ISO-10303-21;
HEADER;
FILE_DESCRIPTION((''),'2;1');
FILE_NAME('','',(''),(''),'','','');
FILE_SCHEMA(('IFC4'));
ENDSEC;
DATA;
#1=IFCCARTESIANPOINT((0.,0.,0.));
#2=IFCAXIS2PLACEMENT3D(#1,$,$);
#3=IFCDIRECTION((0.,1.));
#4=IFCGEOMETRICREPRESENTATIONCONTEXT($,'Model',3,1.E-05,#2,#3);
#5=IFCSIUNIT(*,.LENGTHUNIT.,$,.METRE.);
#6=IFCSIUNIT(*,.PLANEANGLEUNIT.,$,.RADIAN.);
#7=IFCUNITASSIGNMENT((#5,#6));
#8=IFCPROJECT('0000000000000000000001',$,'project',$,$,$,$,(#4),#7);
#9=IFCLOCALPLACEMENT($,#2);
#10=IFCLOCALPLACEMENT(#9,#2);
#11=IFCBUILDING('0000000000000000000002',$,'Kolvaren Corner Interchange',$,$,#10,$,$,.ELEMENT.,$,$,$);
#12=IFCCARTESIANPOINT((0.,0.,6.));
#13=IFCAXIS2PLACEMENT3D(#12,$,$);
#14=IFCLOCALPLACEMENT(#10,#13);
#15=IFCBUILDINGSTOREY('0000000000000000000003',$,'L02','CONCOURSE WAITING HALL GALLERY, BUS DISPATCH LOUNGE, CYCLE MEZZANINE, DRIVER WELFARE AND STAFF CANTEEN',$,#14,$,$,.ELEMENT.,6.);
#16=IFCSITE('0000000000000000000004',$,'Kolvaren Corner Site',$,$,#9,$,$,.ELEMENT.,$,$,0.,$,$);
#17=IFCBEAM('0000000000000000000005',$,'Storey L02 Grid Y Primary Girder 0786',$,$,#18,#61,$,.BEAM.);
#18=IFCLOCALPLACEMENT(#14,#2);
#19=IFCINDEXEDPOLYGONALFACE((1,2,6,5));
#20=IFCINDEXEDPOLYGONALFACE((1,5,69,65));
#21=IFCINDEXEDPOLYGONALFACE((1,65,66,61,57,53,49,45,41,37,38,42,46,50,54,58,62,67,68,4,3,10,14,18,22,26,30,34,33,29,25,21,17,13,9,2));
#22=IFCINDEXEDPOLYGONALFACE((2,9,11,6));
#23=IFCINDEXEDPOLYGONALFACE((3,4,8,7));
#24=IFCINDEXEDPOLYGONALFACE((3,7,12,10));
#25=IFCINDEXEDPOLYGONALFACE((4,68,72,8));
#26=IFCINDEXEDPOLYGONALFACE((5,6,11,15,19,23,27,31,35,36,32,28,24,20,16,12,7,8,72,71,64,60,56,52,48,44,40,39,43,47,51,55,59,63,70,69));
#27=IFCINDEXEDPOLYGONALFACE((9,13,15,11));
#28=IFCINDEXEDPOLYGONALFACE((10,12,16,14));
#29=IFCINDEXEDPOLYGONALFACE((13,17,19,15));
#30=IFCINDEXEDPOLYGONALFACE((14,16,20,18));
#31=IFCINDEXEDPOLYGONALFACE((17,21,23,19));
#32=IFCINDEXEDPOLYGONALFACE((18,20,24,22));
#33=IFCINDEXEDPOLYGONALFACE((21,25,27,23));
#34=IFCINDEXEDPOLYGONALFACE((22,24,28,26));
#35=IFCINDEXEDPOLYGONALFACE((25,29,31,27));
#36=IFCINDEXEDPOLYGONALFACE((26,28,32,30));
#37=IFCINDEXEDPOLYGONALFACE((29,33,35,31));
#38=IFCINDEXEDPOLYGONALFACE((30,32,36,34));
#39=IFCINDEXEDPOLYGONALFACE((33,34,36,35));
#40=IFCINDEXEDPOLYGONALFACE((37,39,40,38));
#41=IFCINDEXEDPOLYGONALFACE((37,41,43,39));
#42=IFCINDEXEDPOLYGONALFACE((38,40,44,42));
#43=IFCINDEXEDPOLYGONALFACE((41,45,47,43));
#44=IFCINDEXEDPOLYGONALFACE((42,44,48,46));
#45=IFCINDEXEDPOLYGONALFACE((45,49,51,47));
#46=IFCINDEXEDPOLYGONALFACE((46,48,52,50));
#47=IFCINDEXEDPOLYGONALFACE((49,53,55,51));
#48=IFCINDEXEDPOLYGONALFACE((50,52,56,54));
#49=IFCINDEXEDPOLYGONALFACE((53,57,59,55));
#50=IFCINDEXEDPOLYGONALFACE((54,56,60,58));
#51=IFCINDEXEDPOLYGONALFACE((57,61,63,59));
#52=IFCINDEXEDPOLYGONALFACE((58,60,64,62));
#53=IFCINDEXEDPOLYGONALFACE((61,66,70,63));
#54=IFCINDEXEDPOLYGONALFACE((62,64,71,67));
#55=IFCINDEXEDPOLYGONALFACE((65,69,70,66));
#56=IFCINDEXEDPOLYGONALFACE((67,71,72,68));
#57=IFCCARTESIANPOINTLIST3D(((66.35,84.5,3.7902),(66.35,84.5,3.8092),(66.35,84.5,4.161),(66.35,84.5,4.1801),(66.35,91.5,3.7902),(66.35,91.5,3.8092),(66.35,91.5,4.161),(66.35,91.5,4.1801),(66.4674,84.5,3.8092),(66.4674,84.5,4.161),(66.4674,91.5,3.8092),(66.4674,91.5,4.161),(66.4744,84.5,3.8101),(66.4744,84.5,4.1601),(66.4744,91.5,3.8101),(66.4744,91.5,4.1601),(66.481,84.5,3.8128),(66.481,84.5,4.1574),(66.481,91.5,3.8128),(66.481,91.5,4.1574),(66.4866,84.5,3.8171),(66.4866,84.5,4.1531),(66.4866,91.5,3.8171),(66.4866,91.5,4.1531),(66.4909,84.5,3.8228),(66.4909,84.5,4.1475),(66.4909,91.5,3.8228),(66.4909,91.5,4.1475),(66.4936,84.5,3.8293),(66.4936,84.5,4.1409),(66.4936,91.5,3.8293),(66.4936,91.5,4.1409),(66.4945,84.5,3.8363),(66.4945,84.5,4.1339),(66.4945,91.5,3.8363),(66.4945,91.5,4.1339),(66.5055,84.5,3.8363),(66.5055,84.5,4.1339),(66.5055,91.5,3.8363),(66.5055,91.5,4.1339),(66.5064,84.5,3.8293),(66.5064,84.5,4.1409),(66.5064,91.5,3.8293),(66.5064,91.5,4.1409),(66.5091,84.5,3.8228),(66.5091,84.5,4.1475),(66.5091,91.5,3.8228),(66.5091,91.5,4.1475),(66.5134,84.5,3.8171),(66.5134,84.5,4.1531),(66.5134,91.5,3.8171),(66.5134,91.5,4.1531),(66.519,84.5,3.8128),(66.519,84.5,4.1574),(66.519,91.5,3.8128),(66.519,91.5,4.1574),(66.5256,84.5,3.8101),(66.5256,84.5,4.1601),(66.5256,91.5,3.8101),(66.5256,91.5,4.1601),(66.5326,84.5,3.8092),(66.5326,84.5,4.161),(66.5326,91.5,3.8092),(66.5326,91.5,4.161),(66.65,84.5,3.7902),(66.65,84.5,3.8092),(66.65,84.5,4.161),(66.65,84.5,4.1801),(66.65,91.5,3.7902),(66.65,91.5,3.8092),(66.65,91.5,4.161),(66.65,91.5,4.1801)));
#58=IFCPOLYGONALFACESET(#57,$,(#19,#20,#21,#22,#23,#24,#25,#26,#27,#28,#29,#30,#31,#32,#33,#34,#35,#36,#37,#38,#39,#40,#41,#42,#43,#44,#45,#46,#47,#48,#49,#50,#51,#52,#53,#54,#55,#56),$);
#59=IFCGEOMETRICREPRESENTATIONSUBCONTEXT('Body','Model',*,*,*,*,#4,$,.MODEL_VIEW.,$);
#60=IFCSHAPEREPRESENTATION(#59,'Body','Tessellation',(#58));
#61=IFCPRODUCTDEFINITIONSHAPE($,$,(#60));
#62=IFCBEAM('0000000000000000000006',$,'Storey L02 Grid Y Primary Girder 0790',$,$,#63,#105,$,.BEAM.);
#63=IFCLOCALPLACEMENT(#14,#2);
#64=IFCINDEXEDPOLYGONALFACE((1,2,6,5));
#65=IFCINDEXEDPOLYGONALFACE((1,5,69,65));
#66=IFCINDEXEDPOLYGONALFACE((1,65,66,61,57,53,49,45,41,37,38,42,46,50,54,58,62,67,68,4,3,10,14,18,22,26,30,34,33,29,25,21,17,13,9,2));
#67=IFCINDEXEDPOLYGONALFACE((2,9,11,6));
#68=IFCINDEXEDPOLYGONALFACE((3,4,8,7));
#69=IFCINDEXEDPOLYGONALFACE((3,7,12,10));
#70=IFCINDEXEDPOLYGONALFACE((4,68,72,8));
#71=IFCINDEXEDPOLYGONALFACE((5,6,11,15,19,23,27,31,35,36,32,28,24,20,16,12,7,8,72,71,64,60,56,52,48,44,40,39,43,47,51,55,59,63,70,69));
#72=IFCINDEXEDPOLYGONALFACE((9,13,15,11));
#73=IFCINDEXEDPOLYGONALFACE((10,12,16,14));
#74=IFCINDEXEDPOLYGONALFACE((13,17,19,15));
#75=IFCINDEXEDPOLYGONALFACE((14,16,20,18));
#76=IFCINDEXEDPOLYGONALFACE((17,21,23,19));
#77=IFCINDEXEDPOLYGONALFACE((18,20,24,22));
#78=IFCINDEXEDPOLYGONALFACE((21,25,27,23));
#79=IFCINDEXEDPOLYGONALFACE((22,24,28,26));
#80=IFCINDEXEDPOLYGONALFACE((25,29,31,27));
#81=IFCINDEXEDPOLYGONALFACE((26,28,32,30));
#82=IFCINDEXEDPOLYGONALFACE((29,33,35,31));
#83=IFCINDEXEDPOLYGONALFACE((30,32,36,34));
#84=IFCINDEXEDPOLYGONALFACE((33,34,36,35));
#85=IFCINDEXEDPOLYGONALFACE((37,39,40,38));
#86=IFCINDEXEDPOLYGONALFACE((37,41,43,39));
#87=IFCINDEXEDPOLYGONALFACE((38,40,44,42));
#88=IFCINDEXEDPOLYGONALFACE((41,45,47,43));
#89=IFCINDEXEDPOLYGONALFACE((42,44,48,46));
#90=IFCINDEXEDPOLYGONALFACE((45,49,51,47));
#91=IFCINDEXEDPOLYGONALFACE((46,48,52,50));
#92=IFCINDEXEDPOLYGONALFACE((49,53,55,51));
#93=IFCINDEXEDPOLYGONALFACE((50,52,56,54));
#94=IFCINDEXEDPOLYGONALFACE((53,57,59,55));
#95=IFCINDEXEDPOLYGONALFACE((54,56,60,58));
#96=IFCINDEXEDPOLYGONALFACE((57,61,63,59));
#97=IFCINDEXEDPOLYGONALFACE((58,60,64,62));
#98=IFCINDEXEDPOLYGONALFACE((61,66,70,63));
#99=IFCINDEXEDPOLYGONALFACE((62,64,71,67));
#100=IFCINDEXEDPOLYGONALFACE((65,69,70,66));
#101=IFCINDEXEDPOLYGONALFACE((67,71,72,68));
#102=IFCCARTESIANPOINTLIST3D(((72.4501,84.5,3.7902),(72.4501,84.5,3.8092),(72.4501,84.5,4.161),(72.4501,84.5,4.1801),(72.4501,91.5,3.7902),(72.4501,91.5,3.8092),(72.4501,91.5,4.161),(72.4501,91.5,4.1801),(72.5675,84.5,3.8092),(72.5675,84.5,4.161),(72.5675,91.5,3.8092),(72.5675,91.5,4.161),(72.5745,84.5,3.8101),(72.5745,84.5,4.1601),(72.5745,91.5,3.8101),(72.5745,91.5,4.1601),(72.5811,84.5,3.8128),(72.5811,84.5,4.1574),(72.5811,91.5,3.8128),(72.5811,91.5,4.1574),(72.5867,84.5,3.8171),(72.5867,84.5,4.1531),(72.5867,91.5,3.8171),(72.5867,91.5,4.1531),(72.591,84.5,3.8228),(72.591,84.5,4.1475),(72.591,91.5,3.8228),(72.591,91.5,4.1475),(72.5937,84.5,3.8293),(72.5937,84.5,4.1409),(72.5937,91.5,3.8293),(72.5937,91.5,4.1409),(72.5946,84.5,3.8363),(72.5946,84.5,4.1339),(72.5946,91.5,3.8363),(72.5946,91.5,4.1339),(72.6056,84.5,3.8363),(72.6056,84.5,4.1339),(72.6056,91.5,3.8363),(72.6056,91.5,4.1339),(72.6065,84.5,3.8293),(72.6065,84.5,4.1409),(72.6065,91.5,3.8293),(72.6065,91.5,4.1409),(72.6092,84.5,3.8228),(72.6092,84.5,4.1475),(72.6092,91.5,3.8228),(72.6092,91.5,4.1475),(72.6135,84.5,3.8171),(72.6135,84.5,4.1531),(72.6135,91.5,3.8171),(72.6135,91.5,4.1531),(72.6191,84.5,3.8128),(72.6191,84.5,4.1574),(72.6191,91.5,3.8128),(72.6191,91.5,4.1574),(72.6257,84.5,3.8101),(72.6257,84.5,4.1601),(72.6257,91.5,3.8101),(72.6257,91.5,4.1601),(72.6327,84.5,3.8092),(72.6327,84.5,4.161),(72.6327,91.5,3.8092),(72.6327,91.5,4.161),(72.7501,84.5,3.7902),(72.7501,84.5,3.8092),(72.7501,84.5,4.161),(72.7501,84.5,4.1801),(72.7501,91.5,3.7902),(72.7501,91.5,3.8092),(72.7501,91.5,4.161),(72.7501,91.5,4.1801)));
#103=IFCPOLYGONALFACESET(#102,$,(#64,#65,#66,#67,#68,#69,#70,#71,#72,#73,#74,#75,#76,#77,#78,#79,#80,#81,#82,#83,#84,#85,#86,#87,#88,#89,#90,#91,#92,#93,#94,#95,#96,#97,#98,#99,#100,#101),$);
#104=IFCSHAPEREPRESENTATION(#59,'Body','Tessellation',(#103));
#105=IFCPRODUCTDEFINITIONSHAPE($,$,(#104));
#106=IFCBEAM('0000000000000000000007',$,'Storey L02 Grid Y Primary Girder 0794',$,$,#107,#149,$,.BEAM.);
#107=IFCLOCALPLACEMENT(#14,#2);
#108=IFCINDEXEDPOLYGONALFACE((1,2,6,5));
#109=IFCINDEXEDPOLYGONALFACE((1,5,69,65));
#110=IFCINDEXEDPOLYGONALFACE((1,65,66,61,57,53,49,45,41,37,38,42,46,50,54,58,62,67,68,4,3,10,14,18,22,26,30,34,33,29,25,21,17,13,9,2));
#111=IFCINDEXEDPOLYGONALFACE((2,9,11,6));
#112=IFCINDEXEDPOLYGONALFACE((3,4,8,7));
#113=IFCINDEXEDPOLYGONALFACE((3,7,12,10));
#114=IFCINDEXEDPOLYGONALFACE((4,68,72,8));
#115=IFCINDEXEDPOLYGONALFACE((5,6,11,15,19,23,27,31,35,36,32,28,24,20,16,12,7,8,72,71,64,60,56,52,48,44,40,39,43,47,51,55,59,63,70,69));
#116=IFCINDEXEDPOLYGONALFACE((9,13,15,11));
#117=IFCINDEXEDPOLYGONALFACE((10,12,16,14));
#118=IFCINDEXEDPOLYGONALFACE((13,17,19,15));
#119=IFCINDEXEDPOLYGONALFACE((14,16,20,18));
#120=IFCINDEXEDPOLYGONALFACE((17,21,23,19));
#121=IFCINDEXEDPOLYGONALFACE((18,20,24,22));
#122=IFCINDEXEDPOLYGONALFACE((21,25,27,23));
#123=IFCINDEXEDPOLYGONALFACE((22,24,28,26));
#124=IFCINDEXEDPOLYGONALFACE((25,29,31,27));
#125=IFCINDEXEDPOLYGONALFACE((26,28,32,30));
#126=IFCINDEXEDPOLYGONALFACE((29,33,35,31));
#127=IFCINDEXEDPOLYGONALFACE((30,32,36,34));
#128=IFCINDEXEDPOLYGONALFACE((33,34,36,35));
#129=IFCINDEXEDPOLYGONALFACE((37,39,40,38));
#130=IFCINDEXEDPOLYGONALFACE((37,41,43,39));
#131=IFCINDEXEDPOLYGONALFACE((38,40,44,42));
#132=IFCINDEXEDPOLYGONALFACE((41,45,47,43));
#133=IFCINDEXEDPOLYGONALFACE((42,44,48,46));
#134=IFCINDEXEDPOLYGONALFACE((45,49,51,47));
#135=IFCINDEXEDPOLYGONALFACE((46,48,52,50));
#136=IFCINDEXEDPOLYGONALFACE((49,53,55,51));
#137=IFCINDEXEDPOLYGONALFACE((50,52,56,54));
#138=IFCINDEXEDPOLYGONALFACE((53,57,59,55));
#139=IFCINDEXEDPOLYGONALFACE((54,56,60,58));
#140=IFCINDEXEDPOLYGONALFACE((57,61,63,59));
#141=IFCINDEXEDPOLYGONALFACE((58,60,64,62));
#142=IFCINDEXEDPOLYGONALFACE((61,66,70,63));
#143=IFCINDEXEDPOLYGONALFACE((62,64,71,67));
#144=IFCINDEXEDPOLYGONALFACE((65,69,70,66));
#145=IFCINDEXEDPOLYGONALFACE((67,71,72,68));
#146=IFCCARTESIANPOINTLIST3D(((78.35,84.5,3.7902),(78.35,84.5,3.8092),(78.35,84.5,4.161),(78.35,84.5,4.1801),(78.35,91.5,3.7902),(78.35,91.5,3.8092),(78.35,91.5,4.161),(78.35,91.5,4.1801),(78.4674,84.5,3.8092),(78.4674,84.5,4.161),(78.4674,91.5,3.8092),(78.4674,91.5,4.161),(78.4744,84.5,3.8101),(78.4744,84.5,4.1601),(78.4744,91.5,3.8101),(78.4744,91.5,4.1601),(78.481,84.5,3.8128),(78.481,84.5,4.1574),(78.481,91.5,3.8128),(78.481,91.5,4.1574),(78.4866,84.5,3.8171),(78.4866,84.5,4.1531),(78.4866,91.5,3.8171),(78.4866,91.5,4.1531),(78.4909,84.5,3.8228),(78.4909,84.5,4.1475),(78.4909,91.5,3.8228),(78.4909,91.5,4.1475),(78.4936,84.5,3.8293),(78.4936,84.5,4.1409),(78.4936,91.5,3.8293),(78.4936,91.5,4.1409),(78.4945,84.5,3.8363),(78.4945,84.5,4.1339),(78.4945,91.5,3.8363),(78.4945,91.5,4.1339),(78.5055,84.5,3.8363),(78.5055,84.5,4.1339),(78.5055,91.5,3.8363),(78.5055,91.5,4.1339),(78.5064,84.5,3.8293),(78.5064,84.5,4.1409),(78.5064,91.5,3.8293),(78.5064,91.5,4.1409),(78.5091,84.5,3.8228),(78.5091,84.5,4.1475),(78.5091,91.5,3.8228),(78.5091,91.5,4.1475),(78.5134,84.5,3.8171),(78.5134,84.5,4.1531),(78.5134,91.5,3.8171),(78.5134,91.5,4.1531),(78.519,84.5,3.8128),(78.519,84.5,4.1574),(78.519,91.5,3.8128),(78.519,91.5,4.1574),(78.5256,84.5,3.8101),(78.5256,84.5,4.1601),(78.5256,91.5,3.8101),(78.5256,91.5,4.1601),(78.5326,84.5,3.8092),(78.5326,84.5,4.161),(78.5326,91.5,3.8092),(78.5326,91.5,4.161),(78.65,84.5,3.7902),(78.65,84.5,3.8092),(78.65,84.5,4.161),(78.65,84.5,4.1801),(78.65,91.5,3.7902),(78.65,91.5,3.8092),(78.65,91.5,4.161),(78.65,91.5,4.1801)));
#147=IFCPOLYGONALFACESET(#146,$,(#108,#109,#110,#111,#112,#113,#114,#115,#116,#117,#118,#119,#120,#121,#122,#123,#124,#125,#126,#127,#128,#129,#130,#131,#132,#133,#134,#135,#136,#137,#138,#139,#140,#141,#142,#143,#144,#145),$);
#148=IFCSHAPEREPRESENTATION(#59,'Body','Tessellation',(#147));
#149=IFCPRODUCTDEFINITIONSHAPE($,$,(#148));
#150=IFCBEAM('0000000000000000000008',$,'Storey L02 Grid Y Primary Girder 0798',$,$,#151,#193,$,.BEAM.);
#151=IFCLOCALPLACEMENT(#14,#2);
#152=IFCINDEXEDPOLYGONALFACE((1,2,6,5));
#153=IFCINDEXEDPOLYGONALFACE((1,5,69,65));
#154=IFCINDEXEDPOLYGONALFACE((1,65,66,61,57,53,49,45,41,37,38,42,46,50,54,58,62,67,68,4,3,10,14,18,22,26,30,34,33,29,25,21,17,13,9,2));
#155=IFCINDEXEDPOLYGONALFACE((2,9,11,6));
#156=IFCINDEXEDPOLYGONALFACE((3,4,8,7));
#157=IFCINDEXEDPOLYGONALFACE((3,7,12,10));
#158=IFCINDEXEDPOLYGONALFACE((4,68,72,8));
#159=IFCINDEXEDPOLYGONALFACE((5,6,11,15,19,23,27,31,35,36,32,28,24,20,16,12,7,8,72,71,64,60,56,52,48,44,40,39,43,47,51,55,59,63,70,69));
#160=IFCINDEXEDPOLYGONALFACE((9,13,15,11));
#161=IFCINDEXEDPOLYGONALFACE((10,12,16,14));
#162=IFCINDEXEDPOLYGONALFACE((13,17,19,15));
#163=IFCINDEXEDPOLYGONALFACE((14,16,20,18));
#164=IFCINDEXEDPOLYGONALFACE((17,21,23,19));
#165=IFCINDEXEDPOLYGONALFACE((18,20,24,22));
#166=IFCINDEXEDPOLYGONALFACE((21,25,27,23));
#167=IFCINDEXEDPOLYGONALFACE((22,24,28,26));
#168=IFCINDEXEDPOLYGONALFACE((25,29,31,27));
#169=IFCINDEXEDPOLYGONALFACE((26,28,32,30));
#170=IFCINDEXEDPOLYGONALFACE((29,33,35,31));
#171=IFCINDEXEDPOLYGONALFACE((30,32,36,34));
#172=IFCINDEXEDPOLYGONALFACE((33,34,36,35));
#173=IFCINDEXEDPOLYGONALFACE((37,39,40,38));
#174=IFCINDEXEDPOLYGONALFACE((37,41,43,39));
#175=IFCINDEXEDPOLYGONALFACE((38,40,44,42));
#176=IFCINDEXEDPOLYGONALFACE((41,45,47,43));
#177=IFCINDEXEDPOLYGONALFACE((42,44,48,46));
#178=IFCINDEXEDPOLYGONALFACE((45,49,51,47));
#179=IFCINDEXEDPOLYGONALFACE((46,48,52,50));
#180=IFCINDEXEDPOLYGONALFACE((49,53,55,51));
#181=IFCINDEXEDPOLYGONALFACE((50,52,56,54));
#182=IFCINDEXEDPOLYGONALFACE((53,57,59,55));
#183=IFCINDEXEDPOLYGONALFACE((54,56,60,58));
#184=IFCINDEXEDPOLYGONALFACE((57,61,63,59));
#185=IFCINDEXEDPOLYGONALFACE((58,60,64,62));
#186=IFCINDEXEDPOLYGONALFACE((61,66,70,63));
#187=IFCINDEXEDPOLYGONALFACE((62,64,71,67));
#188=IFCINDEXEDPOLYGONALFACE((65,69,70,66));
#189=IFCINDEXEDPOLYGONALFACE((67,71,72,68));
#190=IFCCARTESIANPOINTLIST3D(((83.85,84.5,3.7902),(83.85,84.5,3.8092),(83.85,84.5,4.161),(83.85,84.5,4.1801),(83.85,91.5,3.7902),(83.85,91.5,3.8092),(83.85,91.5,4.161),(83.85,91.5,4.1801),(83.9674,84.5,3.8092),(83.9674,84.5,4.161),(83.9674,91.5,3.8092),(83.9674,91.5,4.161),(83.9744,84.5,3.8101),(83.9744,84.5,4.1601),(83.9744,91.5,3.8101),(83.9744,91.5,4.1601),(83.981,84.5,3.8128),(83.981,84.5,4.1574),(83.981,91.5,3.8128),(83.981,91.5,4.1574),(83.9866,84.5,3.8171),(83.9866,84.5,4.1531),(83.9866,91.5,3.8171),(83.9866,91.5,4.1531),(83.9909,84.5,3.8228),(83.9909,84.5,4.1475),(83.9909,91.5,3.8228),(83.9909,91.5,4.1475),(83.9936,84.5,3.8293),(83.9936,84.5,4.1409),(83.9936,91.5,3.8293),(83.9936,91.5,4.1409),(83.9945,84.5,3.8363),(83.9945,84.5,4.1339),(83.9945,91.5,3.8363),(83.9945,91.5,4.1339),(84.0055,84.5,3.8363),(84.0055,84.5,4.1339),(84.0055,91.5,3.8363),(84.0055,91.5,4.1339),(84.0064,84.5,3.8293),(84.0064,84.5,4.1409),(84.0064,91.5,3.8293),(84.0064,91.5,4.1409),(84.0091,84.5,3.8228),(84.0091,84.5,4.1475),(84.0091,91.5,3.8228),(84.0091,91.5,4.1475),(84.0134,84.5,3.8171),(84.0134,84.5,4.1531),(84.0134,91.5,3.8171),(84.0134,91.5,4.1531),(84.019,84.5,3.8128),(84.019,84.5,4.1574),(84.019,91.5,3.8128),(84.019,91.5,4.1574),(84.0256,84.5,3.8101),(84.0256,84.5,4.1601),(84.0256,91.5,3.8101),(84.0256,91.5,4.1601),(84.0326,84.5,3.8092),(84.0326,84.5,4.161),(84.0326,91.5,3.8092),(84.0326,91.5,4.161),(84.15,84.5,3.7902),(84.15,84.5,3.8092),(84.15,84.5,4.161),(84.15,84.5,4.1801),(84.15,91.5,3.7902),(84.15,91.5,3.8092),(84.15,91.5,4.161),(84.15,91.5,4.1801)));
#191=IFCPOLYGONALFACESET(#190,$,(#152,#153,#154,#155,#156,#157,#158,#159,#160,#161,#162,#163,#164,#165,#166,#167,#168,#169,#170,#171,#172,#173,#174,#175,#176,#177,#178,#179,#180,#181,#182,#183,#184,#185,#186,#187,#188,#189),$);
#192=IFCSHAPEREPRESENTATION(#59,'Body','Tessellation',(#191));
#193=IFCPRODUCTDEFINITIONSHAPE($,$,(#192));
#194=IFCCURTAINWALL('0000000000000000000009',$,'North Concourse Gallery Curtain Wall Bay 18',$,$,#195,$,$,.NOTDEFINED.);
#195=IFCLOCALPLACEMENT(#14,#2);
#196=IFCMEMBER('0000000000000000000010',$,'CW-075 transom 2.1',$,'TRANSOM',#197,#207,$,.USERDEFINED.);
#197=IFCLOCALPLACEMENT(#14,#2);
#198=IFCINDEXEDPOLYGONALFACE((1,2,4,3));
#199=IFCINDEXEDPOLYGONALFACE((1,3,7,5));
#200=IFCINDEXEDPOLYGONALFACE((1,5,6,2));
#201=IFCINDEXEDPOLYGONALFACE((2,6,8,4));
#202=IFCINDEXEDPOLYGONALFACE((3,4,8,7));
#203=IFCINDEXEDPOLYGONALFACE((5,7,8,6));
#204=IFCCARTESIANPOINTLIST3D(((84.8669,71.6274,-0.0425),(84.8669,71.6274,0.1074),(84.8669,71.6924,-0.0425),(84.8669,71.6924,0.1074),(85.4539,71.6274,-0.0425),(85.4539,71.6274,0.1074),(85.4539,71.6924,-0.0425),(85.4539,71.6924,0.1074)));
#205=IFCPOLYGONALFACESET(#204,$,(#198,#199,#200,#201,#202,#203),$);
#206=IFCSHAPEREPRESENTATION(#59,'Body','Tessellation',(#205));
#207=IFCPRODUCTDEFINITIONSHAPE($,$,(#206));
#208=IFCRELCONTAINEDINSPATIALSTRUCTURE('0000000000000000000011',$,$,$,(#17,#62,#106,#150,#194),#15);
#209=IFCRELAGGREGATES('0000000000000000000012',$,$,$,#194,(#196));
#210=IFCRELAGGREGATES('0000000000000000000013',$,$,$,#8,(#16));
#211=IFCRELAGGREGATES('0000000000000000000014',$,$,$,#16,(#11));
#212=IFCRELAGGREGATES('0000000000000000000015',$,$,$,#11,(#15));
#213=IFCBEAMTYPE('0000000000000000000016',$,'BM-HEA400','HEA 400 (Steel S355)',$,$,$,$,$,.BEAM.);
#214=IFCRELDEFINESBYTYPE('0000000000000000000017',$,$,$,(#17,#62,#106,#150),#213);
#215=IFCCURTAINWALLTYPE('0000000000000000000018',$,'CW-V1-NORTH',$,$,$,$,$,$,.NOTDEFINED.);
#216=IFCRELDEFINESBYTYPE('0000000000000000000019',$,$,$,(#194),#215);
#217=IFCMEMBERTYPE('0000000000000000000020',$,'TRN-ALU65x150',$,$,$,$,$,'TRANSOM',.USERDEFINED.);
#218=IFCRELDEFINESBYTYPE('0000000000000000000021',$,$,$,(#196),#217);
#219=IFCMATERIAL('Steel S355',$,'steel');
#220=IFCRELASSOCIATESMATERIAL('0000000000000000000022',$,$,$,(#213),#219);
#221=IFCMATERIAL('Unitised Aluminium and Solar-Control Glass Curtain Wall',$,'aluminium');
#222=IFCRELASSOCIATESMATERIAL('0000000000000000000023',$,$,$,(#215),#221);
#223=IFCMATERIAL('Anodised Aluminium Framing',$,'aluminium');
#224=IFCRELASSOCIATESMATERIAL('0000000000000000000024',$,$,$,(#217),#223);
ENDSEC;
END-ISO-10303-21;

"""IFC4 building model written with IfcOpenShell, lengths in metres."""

from ifc_helpers import new_model, si_unit, direction, frame, origin, origin_2d, place, context, subcontext, project, spatial, rectangle, i_section, extrude, material, material_profile, profile_set, type_object, element, aggregate, save


model = new_model("IFC4")

# Units and contexts
model_context = context("Model", 3, precision=1e-05, world=origin(), true_north=direction((0.0, 1.0)))
body_context = subcontext(model_context, "Body", "Model", "MODEL_VIEW")
ifc_project = project(units=[si_unit("LENGTHUNIT", "METRE"), si_unit("PLANEANGLEUNIT", "RADIAN")], contexts=[model_context])

# Site, building, storey
site_placement = place(None, origin())
site = spatial("IfcSite", under=ifc_project, at=site_placement, Name="Kolvaren Corner Site", CompositionType="ELEMENT", RefElevation=0.0)
building_placement = place(site_placement, origin())
building = spatial("IfcBuilding", under=site, at=building_placement, Name="Kolvaren Corner Interchange", CompositionType="ELEMENT")
storey_placement = place(building_placement, frame((0.0, 0.0, 6.0)))
storey = spatial("IfcBuildingStorey", under=building, at=storey_placement, Name="L02", Description="CONCOURSE WAITING HALL GALLERY, BUS DISPATCH LOUNGE, CYCLE MEZZANINE, DRIVER WELFARE AND STAFF CANTEEN", CompositionType="ELEMENT", Elevation=6.0)

# Beams
ifc_material_1 = material(Name="Steel S355", Category="steel")
ifc_material_profile_1 = material_profile(ifc_material_1, i_section(OverallWidth=0.3, OverallDepth=0.3899, WebThickness=0.011, FlangeThickness=0.019, FilletRadius=0.0271, at=origin_2d()), Name="HEA 400")
ifc_profile_set_1 = profile_set([ifc_material_profile_1], Name="Steel S355")
beam_type_1 = type_object("IfcBeamType", Name="BM-HEA400", Description="HEA 400 (Steel S355)", PredefinedType="BEAM", material=ifc_profile_set_1)
for number, where, z_axis, x_axis, name in (
    (1, (66.5, 84.5, 3.9851), (0.0, 1.0, 0.0), (-1.0, 0.0, 0.0), "Storey L02 Grid Y Primary Girder 0786"),
    (2, (72.6001, 84.5, 3.9851), (0.0, 1.0, 0.0), (-1.0, 0.0, 0.0), "Storey L02 Grid Y Primary Girder 0790"),
    (3, (78.5, 84.5, 3.9851), (0.0, 1.0, 0.0), (-1.0, 0.0, 0.0), "Storey L02 Grid Y Primary Girder 0794"),
    (4, (84.0, 84.5, 3.9851), (0.0, 1.0, 0.0), (-1.0, 0.0, 0.0), "Storey L02 Grid Y Primary Girder 0798"),
):
    element("IfcBeam", number, at=place(storey_placement, frame(where, z_axis=z_axis, x_axis=x_axis)), inside=storey, type_object=beam_type_1, Name=name, PredefinedType="BEAM", context=body_context, shape_type="SweptSolid", body=[
        extrude(i_section(OverallWidth=0.3, OverallDepth=0.3899, WebThickness=0.011, FlangeThickness=0.019, FilletRadius=0.0271, at=origin_2d()), origin(), (0.0, 0.0, 1.0), 7.0),
    ])

# Curtain wall, member
ifc_material_2 = material(Name="Unitised Aluminium and Solar-Control Glass Curtain Wall", Category="aluminium")
curtain_wall_type = type_object("IfcCurtainWallType", Name="CW-V1-NORTH", PredefinedType="NOTDEFINED", material=ifc_material_2)
curtain_wall_placement = place(storey_placement, origin())
curtain_wall = element("IfcCurtainWall", 5, at=curtain_wall_placement, inside=storey, type_object=curtain_wall_type, Name="North Concourse Gallery Curtain Wall Bay 18", PredefinedType="NOTDEFINED")
ifc_material_3 = material(Name="Anodised Aluminium Framing", Category="aluminium")
ifc_material_profile_2 = material_profile(ifc_material_3, rectangle(XDim=0.0649, YDim=0.1499, at=origin_2d()), Name="ALU 65x150")
ifc_profile_set_2 = profile_set([ifc_material_profile_2], Name="Anodised Aluminium Framing")
member_type = type_object("IfcMemberType", Name="TRN-ALU65x150", ElementType="TRANSOM", PredefinedType="USERDEFINED", material=ifc_profile_set_2)
member_1_placement = place(storey_placement, frame((85.4539, 71.6599, 0.0325), z_axis=(-1.0, 0.0, 0.0), x_axis=(0.0, -1.0, 0.0)))
member_1 = element("IfcMember", 6, at=member_1_placement, type_object=member_type, Name="CW-075 transom 2.1", ObjectType="TRANSOM", PredefinedType="USERDEFINED", context=body_context, shape_type="SweptSolid", body=[
    extrude(rectangle(XDim=0.0649, YDim=0.1499, at=origin_2d()), origin(), (0.0, 0.0, 1.0), 0.5869),
])
aggregate(curtain_wall, [member_1])

save(model, "model.ifc")
